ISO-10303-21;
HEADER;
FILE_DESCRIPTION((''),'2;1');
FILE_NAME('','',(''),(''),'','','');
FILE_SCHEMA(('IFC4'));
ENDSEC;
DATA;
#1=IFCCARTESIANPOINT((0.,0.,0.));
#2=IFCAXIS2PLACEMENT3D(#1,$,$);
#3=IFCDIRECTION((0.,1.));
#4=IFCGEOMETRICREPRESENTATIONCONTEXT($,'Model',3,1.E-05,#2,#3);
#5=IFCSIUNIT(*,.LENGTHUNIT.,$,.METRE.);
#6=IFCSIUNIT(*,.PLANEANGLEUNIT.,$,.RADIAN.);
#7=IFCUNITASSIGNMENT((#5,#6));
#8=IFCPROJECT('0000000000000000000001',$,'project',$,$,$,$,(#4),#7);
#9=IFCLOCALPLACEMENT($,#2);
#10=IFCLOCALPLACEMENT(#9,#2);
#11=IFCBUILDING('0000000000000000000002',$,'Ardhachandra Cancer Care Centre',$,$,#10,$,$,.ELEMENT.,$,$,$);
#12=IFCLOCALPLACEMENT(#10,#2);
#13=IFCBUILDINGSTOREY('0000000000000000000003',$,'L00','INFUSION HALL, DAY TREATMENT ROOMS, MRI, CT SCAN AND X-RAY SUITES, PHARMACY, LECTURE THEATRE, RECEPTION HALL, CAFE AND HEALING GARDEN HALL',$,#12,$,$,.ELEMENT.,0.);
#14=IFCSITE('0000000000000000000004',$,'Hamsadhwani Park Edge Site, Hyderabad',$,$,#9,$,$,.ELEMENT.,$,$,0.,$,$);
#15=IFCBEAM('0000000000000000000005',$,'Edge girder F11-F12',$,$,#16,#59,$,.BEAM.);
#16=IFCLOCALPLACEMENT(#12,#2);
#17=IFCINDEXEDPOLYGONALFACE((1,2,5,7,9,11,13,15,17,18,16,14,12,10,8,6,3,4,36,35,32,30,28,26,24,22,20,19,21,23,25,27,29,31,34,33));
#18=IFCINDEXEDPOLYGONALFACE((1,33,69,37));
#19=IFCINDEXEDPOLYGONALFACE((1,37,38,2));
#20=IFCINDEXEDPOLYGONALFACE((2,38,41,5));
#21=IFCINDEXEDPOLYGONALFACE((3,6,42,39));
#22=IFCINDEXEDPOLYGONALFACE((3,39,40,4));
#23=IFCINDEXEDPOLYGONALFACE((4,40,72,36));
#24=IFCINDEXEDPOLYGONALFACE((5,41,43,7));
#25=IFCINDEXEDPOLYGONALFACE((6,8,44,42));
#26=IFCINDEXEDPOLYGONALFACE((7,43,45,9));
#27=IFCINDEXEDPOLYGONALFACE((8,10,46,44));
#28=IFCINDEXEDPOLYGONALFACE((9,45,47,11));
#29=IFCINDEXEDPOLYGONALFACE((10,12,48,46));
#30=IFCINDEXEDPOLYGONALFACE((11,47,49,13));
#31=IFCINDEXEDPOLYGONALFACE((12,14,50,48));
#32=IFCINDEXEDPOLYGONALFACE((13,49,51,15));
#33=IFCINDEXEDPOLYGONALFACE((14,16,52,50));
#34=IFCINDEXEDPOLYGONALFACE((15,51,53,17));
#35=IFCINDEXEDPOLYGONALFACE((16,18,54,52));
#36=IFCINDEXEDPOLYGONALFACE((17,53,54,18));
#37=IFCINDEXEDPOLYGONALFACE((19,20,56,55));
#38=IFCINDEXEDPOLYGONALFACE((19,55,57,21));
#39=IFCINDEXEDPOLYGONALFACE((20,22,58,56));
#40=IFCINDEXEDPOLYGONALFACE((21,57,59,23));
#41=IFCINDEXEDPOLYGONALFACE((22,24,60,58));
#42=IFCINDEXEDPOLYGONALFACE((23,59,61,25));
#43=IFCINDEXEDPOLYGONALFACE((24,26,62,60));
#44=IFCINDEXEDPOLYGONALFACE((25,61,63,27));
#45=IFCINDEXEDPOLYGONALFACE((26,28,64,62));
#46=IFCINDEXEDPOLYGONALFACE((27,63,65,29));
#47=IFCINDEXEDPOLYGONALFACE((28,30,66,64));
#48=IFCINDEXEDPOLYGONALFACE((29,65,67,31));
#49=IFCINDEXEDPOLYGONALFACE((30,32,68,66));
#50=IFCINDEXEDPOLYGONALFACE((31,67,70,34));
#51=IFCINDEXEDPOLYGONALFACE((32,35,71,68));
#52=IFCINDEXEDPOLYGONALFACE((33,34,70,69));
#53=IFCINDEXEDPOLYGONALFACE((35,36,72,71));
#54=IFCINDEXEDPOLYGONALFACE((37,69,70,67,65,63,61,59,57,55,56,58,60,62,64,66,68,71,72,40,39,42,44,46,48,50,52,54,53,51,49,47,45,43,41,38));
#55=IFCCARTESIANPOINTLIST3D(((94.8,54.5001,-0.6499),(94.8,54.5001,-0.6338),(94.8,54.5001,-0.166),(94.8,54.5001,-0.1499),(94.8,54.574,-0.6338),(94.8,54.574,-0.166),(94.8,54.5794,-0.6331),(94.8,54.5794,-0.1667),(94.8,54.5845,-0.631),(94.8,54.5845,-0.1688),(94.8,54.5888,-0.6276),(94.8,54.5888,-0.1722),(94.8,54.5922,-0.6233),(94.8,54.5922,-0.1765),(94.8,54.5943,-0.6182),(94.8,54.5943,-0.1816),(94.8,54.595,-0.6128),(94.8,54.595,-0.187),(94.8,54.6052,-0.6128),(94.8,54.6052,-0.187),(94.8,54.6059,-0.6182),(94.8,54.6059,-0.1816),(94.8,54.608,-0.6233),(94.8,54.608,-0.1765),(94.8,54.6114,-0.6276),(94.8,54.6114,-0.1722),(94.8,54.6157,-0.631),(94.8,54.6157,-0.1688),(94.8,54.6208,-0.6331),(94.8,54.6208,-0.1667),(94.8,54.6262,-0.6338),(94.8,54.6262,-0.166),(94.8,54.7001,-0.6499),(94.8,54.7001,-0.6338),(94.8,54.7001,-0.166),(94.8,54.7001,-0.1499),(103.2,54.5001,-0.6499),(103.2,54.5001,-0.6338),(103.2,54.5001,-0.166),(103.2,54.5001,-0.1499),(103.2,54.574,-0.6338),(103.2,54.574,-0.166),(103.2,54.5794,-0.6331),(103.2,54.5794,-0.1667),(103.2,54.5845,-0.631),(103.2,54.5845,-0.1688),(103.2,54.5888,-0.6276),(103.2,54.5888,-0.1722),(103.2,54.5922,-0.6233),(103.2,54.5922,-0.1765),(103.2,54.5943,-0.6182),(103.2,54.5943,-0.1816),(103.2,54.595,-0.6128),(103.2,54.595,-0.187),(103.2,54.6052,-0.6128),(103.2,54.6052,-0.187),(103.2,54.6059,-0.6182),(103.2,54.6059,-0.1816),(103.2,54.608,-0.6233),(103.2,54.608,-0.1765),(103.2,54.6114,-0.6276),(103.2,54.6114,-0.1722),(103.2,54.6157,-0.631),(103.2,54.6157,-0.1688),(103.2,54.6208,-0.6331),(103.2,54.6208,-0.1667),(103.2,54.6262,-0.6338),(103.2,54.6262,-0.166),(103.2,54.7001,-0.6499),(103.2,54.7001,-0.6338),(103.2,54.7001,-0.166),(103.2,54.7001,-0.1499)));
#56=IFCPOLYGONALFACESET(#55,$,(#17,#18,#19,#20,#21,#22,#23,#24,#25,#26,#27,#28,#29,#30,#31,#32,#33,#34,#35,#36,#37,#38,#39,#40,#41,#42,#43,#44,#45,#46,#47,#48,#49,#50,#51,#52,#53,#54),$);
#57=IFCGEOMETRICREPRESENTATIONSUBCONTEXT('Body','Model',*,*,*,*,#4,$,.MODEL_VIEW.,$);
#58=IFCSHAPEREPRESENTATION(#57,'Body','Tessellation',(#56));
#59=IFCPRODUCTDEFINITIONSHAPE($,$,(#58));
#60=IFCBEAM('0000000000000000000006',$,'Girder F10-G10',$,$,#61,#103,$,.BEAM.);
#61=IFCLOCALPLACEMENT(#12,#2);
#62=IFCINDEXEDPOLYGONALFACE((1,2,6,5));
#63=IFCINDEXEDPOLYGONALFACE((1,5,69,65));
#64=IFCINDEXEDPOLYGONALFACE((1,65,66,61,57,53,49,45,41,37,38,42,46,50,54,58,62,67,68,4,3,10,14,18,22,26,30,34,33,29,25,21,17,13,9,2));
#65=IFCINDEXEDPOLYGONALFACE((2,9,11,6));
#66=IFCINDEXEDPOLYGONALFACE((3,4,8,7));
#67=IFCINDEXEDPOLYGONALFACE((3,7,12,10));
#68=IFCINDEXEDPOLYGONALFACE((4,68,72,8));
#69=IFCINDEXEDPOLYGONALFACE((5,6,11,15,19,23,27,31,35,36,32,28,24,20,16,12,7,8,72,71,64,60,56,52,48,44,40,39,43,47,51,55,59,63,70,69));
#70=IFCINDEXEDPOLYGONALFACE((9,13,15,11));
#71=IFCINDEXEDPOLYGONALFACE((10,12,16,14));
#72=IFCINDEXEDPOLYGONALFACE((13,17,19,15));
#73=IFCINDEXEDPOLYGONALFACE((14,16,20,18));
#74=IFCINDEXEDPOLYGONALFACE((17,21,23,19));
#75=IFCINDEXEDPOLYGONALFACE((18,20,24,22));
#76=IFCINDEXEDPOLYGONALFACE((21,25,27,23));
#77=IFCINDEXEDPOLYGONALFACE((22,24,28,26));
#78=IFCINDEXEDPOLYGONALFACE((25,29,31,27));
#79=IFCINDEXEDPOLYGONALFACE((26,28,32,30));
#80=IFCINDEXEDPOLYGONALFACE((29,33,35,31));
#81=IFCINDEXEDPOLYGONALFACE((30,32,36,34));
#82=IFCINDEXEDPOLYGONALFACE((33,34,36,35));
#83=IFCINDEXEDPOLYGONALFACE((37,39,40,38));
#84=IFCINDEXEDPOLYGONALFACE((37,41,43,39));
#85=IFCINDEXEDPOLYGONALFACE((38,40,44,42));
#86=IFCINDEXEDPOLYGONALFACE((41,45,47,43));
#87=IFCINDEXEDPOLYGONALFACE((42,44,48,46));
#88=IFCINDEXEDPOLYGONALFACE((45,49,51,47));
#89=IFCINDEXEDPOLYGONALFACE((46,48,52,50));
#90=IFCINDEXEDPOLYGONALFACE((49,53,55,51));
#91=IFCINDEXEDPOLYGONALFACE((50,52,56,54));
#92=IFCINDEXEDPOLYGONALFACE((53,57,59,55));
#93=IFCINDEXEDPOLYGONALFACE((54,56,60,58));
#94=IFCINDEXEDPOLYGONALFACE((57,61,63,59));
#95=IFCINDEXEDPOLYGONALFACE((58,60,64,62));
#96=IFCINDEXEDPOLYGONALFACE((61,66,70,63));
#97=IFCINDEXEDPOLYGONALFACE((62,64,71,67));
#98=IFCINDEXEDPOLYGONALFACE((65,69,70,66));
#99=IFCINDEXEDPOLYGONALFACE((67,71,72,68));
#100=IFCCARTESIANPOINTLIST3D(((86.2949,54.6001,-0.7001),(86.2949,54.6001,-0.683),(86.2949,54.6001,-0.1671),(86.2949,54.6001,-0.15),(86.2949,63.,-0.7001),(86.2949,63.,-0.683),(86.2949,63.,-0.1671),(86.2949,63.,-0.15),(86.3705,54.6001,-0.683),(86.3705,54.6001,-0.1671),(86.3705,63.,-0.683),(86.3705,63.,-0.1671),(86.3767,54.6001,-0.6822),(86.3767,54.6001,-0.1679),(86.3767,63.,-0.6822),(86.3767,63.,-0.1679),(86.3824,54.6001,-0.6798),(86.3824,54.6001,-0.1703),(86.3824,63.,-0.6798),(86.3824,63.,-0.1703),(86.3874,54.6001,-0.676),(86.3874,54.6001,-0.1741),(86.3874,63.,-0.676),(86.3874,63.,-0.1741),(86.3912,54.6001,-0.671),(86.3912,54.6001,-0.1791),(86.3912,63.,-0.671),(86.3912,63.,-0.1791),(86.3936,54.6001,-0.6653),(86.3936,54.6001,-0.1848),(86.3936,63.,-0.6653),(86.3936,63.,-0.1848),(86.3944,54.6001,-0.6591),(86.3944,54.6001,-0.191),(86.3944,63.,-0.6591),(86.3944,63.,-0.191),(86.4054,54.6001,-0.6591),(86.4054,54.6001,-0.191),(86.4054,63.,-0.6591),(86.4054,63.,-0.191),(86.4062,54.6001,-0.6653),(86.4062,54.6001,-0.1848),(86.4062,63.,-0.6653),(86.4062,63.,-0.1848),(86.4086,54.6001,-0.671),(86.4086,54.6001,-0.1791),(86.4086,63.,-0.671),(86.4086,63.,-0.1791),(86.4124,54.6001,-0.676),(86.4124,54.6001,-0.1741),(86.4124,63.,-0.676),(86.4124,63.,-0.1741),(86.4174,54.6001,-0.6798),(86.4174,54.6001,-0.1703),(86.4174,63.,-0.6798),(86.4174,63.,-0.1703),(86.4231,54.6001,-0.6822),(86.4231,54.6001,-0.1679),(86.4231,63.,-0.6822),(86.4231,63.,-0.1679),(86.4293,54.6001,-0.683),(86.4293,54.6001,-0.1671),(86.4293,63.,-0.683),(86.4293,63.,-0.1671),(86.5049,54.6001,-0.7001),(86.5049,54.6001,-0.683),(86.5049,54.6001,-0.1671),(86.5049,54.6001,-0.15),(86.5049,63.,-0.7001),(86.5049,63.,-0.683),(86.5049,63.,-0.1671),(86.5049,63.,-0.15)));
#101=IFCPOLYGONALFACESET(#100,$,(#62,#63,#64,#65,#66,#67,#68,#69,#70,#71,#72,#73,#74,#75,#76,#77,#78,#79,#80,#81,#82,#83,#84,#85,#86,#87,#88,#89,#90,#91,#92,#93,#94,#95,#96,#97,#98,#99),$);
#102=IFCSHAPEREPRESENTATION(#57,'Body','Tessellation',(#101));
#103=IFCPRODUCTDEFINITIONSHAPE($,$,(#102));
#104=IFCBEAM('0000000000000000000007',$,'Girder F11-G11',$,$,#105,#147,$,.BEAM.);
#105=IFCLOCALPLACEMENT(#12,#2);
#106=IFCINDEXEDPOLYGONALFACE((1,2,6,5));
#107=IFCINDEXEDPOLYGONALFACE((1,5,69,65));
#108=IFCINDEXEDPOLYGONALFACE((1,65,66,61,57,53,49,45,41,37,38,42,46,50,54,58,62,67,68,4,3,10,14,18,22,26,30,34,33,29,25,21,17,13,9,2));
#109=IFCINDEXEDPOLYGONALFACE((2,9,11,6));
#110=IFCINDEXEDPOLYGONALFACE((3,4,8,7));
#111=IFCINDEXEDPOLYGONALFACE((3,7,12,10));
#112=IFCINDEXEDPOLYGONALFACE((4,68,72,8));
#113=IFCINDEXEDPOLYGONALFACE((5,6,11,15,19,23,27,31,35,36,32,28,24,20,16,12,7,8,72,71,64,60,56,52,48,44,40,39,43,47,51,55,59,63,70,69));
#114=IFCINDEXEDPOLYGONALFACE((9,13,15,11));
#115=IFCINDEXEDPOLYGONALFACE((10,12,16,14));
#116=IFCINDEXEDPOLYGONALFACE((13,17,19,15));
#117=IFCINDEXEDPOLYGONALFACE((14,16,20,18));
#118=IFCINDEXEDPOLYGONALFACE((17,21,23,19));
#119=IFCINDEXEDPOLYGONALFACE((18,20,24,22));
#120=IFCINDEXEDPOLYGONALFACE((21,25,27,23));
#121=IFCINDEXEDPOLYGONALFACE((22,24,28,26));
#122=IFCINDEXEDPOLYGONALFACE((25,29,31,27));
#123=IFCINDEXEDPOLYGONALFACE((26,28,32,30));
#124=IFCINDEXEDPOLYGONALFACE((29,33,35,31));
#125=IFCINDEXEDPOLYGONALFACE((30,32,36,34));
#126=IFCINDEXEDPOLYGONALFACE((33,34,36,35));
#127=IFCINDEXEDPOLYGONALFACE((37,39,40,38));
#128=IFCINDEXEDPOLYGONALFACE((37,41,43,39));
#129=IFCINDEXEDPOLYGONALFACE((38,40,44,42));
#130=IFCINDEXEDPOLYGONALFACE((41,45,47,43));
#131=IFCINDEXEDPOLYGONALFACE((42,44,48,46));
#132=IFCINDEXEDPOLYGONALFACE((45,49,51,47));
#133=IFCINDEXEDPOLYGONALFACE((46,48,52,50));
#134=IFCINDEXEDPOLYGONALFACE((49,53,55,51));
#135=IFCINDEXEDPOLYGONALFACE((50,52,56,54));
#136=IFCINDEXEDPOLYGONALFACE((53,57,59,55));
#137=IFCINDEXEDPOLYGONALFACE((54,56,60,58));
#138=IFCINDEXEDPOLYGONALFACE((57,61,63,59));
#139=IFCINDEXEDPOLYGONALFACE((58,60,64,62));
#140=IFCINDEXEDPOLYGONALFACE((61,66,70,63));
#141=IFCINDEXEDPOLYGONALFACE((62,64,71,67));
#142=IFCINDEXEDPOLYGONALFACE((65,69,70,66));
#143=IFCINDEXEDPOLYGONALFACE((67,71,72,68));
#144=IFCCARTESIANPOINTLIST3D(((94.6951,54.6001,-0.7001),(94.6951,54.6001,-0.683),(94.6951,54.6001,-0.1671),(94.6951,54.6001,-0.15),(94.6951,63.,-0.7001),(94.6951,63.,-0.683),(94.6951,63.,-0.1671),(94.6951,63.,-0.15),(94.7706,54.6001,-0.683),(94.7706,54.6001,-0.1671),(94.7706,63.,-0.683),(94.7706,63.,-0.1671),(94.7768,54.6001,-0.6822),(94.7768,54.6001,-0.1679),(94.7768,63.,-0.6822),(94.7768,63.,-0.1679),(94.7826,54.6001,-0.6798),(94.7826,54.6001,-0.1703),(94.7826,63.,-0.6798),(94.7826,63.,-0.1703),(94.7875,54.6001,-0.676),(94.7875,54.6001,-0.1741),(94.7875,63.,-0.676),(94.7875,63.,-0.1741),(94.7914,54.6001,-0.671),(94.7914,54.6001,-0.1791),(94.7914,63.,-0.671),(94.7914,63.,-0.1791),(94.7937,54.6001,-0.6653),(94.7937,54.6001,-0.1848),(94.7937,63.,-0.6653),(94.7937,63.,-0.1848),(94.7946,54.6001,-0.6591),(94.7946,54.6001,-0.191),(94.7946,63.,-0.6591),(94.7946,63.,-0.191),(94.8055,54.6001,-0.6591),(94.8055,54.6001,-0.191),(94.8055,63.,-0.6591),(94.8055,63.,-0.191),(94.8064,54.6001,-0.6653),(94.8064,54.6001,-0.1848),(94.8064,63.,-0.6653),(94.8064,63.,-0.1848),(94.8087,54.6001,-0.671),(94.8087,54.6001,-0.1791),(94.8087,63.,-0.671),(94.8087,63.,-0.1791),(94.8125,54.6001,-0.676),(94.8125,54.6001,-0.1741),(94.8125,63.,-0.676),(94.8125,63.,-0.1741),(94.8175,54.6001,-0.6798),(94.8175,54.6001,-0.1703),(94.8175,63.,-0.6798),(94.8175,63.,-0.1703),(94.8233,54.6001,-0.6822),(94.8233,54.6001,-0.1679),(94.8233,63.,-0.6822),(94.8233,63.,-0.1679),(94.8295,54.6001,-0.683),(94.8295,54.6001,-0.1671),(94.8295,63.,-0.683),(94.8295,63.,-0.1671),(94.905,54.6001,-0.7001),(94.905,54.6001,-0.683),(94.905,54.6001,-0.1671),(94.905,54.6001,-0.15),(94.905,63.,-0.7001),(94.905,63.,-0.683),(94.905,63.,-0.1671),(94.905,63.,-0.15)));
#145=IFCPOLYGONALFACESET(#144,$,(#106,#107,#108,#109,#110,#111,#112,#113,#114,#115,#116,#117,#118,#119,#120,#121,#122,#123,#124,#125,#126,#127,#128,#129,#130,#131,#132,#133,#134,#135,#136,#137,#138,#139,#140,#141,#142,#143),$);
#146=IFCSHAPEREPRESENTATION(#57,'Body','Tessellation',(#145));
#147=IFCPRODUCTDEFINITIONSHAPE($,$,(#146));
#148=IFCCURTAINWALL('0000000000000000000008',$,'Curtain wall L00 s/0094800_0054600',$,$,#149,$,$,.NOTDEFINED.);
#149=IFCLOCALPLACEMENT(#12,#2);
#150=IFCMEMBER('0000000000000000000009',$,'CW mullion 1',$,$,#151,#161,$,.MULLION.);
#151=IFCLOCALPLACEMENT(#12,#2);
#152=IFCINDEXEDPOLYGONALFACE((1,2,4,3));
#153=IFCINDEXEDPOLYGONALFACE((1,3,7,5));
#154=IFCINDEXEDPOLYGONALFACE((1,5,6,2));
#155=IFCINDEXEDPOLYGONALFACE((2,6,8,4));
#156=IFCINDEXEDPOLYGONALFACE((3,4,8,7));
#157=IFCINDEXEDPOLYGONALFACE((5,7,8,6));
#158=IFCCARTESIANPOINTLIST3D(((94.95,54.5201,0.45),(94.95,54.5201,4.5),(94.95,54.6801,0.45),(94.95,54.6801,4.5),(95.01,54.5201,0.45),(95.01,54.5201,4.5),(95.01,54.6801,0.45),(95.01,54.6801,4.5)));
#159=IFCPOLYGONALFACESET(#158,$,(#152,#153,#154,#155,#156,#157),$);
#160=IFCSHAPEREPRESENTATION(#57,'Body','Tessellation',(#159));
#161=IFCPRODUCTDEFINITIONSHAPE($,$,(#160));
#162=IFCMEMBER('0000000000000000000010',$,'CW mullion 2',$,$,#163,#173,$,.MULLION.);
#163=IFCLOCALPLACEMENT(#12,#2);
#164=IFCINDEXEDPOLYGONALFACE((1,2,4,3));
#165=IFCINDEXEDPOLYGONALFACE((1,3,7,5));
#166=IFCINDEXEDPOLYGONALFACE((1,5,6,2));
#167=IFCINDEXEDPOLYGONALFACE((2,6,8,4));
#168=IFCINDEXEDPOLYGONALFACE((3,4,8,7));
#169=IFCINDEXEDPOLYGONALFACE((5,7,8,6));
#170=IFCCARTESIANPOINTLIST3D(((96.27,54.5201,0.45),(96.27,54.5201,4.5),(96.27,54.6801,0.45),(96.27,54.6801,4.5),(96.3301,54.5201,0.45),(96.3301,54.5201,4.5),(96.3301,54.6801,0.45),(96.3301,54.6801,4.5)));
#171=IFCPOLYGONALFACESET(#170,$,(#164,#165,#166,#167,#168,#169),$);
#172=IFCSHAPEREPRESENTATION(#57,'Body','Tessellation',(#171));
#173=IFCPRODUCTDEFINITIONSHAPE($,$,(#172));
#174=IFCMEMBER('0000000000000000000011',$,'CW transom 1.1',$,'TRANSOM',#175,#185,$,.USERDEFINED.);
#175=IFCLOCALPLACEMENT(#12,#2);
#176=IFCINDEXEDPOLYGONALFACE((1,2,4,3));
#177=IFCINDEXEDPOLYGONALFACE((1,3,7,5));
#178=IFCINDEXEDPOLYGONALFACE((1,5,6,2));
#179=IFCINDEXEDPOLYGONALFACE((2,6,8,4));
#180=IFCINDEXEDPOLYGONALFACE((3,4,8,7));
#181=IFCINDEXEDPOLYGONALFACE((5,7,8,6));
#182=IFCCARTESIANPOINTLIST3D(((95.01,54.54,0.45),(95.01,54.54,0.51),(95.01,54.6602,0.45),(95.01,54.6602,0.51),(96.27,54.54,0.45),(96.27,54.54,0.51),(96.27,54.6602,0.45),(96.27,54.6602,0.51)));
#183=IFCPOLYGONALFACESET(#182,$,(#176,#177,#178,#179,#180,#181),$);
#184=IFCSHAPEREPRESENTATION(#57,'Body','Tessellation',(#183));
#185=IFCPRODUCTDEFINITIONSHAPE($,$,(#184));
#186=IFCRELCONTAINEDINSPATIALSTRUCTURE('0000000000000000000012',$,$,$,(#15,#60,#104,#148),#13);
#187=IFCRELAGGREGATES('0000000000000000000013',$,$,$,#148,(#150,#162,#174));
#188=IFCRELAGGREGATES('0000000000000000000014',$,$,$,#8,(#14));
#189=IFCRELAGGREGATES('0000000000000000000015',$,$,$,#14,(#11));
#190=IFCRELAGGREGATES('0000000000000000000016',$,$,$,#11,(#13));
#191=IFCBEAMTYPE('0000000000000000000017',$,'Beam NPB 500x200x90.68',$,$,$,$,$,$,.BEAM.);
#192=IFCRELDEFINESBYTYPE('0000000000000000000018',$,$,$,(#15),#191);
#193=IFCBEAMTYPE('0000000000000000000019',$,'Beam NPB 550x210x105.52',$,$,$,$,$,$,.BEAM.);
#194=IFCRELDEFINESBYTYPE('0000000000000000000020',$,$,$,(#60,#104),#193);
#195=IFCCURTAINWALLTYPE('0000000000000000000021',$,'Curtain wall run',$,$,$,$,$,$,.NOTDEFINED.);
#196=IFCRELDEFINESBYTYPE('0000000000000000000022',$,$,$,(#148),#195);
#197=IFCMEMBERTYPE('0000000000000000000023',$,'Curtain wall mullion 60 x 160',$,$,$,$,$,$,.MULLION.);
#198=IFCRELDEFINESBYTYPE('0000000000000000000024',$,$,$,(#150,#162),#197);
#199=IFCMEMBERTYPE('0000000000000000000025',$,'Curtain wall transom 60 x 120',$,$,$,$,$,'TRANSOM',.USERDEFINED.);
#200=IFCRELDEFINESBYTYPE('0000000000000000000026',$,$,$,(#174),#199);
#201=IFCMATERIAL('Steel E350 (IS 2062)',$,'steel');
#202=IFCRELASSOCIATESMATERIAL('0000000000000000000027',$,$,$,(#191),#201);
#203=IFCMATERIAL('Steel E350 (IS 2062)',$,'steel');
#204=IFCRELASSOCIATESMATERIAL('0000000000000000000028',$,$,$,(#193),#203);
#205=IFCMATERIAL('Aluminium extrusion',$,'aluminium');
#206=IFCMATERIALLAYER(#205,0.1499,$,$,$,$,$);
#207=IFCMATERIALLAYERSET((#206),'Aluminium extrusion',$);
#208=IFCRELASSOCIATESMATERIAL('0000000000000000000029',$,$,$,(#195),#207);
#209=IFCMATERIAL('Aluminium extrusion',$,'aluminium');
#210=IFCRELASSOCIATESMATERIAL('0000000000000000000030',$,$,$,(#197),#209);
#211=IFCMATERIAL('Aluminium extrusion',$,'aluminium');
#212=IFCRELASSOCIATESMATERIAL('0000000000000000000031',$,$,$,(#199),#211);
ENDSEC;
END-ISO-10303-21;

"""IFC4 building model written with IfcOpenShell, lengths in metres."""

from ifc_helpers import new_model, si_unit, direction, frame, origin, origin_2d, place, context, subcontext, project, spatial, rectangle, i_section, extrude, material, layer, layer_set, material_profile, profile_set, type_object, element, aggregate, save


model = new_model("IFC4")

# Units and contexts
model_context = context("Model", 3, precision=1e-05, world=origin(), true_north=direction((0.0, 1.0)))
body_context = subcontext(model_context, "Body", "Model", "MODEL_VIEW")
ifc_project = project(units=[si_unit("LENGTHUNIT", "METRE"), si_unit("PLANEANGLEUNIT", "RADIAN")], contexts=[model_context])

# Site, building, storey
site_placement = place(None, origin())
site = spatial("IfcSite", under=ifc_project, at=site_placement, Name="Hamsadhwani Park Edge Site, Hyderabad", CompositionType="ELEMENT", RefElevation=0.0)
building_placement = place(site_placement, origin())
building = spatial("IfcBuilding", under=site, at=building_placement, Name="Ardhachandra Cancer Care Centre", CompositionType="ELEMENT")
storey_placement = place(building_placement, origin())
storey = spatial("IfcBuildingStorey", under=building, at=storey_placement, Name="L00", Description="INFUSION HALL, DAY TREATMENT ROOMS, MRI, CT SCAN AND X-RAY SUITES, PHARMACY, LECTURE THEATRE, RECEPTION HALL, CAFE AND HEALING GARDEN HALL", CompositionType="ELEMENT", Elevation=0.0)

# Beams
ifc_material_1 = material(Name="Steel E350 (IS 2062)", Category="steel")
ifc_material_profile_1 = material_profile(ifc_material_1, i_section(OverallWidth=0.2, OverallDepth=0.5, WebThickness=0.0103, FlangeThickness=0.0161, FilletRadius=0.021, at=origin_2d()), Name="NPB 500x200x90.68")
ifc_profile_set_1 = profile_set([ifc_material_profile_1], Name="Steel E350 (IS 2062)")
beam_type_1 = type_object("IfcBeamType", Name="Beam NPB 500x200x90.68", PredefinedType="BEAM", material=ifc_profile_set_1)
beam_1_placement = place(storey_placement, frame((94.8, 54.6001, -0.3999), z_axis=(1.0, 0.0, 0.0), x_axis=(0.0, 1.0, 0.0)))
element("IfcBeam", 1, at=beam_1_placement, inside=storey, type_object=beam_type_1, Name="Edge girder F11-F12", PredefinedType="BEAM", context=body_context, shape_type="SweptSolid", body=[
    extrude(i_section(OverallWidth=0.2, OverallDepth=0.5, WebThickness=0.0103, FlangeThickness=0.0161, FilletRadius=0.021, at=origin_2d()), origin(), (0.0, 0.0, 1.0), 8.3999),
])
ifc_material_2 = material(Name="Steel E350 (IS 2062)", Category="steel")
ifc_material_profile_2 = material_profile(ifc_material_2, i_section(OverallWidth=0.21, OverallDepth=0.55, WebThickness=0.011, FlangeThickness=0.0171, FilletRadius=0.0239, at=origin_2d()), Name="NPB 550x210x105.52")
ifc_profile_set_2 = profile_set([ifc_material_profile_2], Name="Steel E350 (IS 2062)")
beam_type_2 = type_object("IfcBeamType", Name="Beam NPB 550x210x105.52", PredefinedType="BEAM", material=ifc_profile_set_2)
for number, where, z_axis, x_axis, name in (
    (2, (86.3999, 54.6001, -0.425), (0.0, 1.0, 0.0), (-1.0, 0.0, 0.0), "Girder F10-G10"),
    (3, (94.8, 54.6001, -0.425), (0.0, 1.0, 0.0), (-1.0, 0.0, 0.0), "Girder F11-G11"),
):
    element("IfcBeam", number, at=place(storey_placement, frame(where, z_axis=z_axis, x_axis=x_axis)), inside=storey, type_object=beam_type_2, Name=name, PredefinedType="BEAM", context=body_context, shape_type="SweptSolid", body=[
        extrude(i_section(OverallWidth=0.21, OverallDepth=0.55, WebThickness=0.011, FlangeThickness=0.0171, FilletRadius=0.0239, at=origin_2d()), origin(), (0.0, 0.0, 1.0), 8.3999),
    ])

# Curtain wall, members
ifc_material_3 = material(Name="Aluminium extrusion", Category="aluminium")
ifc_layer_1 = layer(ifc_material_3, 0.1499)
ifc_layer_set_1 = layer_set([ifc_layer_1], Name="Aluminium extrusion")
curtain_wall_type = type_object("IfcCurtainWallType", Name="Curtain wall run", PredefinedType="NOTDEFINED", material=ifc_layer_set_1)
curtain_wall_placement = place(storey_placement, origin())
curtain_wall = element("IfcCurtainWall", 4, at=curtain_wall_placement, inside=storey, type_object=curtain_wall_type, Name="Curtain wall L00 s/0094800_0054600", PredefinedType="NOTDEFINED")
ifc_material_4 = material(Name="Aluminium extrusion", Category="aluminium")
ifc_material_profile_3 = material_profile(ifc_material_4, rectangle(XDim=0.1599, YDim=0.0601, at=origin_2d()), Name="Curtain wall mullion 60 x 160")
ifc_profile_set_3 = profile_set([ifc_material_profile_3], Name="Aluminium extrusion")
member_type_1 = type_object("IfcMemberType", Name="Curtain wall mullion 60 x 160", PredefinedType="MULLION", material=ifc_profile_set_3)
member_1_placement = place(storey_placement, frame((94.98, 54.6001, 0.45), z_axis=(0.0, 0.0, 1.0), x_axis=(0.0, 1.0, 0.0)))
member_1 = element("IfcMember", 5, at=member_1_placement, type_object=member_type_1, Name="CW mullion 1", PredefinedType="MULLION", context=body_context, shape_type="SweptSolid", body=[
    extrude(rectangle(XDim=0.1599, YDim=0.0601, at=origin_2d()), origin(), (0.0, 0.0, 1.0), 4.05),
])
member_2_placement = place(storey_placement, frame((96.3, 54.6001, 0.45), z_axis=(0.0, 0.0, 1.0), x_axis=(0.0, 1.0, 0.0)))
member_2 = element("IfcMember", 6, at=member_2_placement, type_object=member_type_1, Name="CW mullion 2", PredefinedType="MULLION", context=body_context, shape_type="SweptSolid", body=[
    extrude(rectangle(XDim=0.1599, YDim=0.0601, at=origin_2d()), origin(), (0.0, 0.0, 1.0), 4.05),
])
ifc_material_5 = material(Name="Aluminium extrusion", Category="aluminium")
ifc_material_profile_4 = material_profile(ifc_material_5, rectangle(XDim=0.1201, YDim=0.0601, at=origin_2d()), Name="Curtain wall transom 60 x 120")
ifc_profile_set_4 = profile_set([ifc_material_profile_4], Name="Aluminium extrusion")
member_type_2 = type_object("IfcMemberType", Name="Curtain wall transom 60 x 120", ElementType="TRANSOM", PredefinedType="USERDEFINED", material=ifc_profile_set_4)
member_3_placement = place(storey_placement, frame((95.01, 54.6001, 0.48), z_axis=(1.0, 0.0, 0.0), x_axis=(0.0, 1.0, 0.0)))
member_3 = element("IfcMember", 7, at=member_3_placement, type_object=member_type_2, Name="CW transom 1.1", ObjectType="TRANSOM", PredefinedType="USERDEFINED", context=body_context, shape_type="SweptSolid", body=[
    extrude(rectangle(XDim=0.1201, YDim=0.0601, at=origin_2d()), origin(), (0.0, 0.0, 1.0), 1.26),
])
aggregate(curtain_wall, [member_1, member_2, member_3])

save(model, "model.ifc")
